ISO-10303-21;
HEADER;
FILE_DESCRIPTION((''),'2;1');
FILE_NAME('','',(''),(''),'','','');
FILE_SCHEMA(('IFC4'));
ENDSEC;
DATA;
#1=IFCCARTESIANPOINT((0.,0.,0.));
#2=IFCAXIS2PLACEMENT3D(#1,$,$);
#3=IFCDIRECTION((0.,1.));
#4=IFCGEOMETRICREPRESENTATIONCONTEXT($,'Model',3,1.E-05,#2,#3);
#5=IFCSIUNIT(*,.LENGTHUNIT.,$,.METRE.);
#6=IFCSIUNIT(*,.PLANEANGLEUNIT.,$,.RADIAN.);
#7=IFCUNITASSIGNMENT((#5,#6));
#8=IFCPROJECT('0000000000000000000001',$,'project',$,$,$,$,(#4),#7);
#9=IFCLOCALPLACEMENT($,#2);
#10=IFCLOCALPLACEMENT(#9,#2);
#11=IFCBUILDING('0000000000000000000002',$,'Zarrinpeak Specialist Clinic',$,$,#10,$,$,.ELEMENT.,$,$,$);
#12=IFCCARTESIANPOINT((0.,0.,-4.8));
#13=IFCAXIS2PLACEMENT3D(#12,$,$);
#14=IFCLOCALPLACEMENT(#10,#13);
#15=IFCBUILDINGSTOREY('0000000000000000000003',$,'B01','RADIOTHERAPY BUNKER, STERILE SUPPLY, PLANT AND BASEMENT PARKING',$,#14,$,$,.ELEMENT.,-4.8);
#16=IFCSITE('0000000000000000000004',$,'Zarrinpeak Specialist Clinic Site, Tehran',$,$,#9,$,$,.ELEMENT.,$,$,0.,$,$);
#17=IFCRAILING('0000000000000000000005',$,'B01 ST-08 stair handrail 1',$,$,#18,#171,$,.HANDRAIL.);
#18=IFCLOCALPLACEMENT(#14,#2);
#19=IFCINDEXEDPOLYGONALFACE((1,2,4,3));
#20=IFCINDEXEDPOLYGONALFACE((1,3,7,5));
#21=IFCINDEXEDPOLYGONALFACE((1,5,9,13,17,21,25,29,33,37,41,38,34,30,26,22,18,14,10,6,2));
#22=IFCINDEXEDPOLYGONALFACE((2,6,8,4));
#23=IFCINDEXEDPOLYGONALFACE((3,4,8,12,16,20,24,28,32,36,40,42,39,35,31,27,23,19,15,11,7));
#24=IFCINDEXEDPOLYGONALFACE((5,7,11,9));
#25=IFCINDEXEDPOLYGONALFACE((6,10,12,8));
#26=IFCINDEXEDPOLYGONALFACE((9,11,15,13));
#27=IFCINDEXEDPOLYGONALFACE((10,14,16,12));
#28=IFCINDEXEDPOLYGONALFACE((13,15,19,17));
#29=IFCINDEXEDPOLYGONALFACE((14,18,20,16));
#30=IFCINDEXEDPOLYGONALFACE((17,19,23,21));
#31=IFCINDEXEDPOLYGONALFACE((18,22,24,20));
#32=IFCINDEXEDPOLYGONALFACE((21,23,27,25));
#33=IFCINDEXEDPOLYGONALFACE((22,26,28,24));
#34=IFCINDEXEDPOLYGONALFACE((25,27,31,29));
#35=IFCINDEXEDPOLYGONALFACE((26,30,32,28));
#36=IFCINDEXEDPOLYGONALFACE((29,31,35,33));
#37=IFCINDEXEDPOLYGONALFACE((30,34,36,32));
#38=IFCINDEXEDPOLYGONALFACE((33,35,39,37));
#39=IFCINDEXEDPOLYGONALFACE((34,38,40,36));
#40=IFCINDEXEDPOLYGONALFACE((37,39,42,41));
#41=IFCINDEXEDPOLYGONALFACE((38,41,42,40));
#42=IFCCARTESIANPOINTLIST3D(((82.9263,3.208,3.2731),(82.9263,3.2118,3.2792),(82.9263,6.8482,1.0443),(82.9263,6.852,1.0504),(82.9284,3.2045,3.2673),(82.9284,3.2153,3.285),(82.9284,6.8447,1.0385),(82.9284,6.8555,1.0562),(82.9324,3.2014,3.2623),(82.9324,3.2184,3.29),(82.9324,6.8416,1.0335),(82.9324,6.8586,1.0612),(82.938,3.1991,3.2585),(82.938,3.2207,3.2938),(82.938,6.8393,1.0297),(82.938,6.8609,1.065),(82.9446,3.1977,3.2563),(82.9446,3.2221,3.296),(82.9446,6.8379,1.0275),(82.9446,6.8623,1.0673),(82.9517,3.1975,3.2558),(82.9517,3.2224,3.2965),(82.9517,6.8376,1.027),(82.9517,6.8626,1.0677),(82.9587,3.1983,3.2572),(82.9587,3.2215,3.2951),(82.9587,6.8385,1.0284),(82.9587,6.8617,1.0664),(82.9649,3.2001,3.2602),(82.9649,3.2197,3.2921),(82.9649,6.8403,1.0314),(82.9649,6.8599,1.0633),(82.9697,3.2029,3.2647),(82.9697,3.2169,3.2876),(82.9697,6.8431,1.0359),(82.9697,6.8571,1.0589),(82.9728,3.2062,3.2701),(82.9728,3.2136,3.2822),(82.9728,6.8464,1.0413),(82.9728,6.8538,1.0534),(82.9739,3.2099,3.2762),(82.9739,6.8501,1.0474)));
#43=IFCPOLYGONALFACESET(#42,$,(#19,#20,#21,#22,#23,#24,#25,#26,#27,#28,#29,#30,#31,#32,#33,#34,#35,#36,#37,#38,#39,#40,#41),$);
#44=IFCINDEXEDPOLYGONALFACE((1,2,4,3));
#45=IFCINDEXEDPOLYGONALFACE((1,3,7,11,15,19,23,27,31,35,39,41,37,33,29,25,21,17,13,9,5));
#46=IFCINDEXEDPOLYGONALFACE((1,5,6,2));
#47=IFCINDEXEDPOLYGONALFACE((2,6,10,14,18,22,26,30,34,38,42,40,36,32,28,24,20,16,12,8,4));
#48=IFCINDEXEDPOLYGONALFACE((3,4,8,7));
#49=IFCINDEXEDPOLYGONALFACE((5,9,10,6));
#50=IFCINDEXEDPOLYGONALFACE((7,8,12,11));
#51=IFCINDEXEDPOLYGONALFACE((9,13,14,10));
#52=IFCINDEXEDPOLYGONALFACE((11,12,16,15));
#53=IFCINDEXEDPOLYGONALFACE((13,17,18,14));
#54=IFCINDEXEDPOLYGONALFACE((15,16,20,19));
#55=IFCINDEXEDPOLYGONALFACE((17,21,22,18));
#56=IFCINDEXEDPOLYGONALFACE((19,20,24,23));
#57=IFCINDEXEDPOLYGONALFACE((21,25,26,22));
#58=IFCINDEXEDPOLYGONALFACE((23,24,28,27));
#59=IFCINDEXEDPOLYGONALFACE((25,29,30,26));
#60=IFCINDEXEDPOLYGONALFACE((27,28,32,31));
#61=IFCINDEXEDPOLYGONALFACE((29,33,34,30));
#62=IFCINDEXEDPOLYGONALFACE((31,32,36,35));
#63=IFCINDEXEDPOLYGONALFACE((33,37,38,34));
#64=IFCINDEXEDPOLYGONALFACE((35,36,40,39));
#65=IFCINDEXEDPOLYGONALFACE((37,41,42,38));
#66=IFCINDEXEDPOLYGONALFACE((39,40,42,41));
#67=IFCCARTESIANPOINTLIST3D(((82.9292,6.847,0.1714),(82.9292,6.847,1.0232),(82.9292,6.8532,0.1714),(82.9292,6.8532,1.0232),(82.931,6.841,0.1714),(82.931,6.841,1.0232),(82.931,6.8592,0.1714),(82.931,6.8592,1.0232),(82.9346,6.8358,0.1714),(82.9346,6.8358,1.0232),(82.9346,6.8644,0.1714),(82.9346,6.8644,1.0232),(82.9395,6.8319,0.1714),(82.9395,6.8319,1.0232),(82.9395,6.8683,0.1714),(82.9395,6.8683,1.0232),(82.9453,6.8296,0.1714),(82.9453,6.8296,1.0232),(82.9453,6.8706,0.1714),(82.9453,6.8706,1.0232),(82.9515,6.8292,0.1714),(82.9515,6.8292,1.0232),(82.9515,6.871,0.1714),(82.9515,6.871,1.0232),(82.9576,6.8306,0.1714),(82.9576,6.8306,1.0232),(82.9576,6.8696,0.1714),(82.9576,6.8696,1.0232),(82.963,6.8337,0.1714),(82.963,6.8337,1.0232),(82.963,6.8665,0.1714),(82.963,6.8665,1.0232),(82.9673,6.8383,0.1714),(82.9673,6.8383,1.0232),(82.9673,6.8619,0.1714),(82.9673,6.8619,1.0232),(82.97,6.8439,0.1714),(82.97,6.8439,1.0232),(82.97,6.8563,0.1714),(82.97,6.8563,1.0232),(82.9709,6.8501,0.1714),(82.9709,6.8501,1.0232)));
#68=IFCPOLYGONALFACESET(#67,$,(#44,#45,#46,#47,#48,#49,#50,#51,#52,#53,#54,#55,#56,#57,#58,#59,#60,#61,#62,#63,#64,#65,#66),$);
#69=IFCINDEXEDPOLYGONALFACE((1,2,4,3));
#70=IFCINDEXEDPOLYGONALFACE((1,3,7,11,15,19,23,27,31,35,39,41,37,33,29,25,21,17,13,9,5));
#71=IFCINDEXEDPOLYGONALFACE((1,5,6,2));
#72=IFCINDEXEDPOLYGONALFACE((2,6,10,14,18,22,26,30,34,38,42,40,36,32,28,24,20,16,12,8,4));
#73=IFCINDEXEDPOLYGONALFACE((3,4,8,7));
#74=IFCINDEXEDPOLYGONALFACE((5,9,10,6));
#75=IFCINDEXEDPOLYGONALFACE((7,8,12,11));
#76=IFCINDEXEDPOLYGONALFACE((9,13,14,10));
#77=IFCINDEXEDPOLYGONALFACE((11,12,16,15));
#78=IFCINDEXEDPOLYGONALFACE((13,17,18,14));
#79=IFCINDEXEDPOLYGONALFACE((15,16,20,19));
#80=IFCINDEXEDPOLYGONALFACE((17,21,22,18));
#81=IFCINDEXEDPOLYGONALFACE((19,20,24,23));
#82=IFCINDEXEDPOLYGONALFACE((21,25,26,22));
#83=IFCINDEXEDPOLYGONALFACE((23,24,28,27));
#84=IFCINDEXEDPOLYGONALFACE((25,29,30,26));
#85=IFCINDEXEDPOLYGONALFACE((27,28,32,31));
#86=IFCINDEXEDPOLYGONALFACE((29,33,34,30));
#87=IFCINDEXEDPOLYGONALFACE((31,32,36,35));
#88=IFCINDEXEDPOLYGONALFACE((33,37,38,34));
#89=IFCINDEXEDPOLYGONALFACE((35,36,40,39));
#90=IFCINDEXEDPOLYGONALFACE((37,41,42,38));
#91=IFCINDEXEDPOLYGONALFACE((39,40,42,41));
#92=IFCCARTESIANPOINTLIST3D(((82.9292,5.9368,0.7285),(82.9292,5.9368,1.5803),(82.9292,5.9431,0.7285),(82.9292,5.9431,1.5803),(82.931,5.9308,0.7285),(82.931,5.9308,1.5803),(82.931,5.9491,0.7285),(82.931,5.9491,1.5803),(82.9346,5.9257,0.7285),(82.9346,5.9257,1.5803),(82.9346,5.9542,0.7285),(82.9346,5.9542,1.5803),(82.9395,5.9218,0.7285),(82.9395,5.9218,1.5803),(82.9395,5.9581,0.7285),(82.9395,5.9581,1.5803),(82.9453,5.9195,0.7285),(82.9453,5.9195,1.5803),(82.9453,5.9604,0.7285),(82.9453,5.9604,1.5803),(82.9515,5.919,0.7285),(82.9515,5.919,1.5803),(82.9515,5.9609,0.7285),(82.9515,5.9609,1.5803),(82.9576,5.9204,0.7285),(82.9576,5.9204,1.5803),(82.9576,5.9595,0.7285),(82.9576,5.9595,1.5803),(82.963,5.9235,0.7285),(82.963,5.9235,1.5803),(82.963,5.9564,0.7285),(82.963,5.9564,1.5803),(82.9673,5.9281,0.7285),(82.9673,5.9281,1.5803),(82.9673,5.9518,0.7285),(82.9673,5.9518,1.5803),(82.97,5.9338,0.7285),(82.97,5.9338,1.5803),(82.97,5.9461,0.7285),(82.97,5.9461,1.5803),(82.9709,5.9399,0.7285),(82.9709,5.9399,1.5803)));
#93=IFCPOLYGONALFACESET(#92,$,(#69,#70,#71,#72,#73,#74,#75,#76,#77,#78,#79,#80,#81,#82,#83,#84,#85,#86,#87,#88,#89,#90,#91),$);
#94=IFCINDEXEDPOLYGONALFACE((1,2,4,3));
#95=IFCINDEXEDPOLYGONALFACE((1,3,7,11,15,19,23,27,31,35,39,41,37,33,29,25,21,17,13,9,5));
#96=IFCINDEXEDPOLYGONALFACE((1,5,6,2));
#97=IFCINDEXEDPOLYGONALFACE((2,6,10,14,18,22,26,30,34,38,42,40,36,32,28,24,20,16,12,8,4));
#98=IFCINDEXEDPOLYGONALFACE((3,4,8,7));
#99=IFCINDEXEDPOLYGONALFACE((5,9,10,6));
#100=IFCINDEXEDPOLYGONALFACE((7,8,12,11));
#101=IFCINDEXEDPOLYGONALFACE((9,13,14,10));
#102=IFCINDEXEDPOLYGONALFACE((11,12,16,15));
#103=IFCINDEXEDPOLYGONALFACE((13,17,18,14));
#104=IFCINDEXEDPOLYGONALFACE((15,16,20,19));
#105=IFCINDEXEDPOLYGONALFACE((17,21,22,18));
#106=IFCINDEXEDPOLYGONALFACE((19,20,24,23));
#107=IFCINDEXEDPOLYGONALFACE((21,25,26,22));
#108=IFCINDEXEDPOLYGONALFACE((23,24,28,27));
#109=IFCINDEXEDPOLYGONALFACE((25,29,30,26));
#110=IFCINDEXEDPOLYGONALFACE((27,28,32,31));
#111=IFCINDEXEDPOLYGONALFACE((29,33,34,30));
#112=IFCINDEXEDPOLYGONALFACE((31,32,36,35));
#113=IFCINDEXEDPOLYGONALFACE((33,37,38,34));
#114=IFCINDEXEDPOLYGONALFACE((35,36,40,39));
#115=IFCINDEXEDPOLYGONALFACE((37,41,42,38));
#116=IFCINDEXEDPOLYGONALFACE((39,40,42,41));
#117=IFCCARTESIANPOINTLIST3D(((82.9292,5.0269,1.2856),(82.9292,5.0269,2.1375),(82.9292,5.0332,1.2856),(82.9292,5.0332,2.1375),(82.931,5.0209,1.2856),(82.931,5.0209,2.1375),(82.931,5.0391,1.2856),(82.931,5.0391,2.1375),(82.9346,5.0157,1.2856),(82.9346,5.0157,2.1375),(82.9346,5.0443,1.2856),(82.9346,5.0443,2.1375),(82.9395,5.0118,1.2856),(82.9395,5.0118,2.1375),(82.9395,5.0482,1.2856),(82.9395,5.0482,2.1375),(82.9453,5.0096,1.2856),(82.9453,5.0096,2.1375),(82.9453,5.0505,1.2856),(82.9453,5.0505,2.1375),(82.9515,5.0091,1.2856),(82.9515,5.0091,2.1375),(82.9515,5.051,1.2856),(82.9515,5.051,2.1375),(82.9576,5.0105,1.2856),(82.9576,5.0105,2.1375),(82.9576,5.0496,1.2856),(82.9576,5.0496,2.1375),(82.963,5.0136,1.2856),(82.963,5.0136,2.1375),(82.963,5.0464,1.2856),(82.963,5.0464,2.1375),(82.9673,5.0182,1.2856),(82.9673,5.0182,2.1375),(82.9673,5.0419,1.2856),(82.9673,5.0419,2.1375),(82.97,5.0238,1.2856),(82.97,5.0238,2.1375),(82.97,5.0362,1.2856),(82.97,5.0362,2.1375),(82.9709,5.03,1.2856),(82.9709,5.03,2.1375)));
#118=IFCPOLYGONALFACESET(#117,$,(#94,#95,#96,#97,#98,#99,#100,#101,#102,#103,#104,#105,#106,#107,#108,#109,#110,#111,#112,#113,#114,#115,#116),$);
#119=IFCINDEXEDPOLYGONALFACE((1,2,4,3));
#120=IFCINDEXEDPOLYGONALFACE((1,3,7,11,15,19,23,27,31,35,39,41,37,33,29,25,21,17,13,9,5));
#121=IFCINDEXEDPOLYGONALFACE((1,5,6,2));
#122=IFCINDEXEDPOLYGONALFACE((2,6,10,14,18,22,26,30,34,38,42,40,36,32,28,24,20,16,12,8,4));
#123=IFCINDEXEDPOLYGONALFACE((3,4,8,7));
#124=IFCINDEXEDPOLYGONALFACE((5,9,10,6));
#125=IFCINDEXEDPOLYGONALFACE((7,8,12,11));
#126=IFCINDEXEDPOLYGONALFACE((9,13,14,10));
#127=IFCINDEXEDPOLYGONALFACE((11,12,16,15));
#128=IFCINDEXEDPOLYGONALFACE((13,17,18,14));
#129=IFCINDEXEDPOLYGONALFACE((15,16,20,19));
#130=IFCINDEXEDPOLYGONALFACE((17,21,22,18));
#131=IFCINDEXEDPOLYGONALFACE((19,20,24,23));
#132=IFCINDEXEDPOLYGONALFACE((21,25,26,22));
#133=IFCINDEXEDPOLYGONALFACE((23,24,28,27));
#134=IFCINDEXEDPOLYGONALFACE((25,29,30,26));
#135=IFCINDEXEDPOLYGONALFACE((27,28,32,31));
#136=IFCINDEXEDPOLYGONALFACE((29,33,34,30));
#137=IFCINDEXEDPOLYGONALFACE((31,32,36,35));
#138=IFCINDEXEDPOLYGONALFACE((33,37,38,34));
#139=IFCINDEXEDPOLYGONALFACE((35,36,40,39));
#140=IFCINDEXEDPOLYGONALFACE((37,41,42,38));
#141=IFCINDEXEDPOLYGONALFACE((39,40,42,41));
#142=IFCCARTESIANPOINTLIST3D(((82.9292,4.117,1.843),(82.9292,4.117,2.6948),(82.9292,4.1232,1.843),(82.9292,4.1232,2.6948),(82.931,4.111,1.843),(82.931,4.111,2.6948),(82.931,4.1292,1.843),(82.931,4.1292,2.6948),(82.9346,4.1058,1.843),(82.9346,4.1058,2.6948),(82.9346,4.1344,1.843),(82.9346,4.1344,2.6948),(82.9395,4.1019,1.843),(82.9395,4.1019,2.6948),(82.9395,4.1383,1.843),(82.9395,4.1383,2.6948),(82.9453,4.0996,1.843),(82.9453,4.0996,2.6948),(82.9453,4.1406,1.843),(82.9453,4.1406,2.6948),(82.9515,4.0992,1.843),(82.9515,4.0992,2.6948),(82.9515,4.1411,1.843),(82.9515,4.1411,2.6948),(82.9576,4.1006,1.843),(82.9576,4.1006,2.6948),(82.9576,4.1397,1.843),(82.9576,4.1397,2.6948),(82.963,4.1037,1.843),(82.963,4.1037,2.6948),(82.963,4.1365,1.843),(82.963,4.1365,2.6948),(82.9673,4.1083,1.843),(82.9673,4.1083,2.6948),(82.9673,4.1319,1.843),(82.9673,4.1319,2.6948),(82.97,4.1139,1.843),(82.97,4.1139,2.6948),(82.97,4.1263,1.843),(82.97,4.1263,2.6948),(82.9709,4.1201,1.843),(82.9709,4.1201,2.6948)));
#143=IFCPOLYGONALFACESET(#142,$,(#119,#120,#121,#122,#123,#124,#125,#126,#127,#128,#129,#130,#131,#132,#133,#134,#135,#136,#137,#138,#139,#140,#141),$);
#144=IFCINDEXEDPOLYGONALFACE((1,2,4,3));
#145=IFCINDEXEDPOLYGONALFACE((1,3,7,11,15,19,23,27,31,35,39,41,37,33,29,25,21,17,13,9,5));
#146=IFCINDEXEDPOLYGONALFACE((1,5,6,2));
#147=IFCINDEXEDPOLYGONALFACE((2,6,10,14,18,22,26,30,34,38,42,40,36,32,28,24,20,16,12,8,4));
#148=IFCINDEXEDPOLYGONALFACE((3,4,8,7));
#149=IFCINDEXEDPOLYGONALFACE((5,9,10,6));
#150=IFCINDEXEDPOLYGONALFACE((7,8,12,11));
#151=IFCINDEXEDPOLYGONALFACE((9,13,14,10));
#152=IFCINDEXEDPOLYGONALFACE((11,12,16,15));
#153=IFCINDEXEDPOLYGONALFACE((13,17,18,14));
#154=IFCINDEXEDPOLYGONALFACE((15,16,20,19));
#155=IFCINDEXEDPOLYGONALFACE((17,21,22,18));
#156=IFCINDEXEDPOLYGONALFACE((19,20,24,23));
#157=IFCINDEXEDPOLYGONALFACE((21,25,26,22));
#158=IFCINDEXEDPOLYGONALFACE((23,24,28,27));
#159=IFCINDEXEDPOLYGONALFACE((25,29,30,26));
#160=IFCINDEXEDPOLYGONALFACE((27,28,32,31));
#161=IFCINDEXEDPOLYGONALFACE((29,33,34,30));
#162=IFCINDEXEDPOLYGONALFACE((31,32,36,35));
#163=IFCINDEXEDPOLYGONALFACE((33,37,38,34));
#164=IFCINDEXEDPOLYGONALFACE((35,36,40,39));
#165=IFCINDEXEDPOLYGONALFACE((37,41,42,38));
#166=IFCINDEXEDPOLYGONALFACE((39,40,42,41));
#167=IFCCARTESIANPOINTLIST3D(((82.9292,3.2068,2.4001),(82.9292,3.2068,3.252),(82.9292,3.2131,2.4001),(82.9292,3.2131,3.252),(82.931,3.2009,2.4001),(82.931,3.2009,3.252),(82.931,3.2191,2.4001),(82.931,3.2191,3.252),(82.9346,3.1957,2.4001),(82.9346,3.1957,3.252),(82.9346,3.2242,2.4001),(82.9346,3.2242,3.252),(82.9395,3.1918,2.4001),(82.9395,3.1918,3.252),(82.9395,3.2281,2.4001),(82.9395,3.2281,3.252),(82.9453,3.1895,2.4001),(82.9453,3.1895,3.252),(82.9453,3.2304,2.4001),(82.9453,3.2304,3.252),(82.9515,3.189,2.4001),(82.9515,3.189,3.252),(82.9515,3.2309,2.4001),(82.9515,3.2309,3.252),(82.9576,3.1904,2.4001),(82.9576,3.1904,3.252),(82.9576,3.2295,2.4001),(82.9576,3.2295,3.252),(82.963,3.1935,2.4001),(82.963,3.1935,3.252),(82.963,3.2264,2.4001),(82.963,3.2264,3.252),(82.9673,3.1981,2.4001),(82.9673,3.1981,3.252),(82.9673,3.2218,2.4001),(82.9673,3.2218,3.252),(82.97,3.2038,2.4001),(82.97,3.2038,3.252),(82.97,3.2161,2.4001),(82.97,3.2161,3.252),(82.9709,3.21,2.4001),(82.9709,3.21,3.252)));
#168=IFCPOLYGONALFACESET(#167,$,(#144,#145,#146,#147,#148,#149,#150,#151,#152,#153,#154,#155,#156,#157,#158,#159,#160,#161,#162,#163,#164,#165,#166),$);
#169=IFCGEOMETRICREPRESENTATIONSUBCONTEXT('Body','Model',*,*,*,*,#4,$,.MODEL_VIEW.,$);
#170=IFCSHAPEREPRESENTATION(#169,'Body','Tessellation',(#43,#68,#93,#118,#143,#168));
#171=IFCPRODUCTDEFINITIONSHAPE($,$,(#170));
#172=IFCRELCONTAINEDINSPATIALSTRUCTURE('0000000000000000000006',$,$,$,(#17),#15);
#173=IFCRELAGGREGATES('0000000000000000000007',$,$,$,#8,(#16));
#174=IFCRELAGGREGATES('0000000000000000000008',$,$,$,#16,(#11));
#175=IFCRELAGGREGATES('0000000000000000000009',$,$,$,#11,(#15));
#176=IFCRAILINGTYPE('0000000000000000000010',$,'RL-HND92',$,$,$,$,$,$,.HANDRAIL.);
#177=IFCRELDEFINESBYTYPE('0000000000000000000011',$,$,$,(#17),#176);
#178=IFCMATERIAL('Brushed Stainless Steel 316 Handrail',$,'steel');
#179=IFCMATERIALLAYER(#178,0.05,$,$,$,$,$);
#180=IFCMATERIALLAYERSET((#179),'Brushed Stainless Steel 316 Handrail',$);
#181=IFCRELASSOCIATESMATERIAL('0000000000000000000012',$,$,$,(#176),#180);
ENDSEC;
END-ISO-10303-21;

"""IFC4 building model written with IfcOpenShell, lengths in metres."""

from ifc_helpers import new_model, si_unit, direction, frame, origin, origin_2d, place, context, subcontext, project, spatial, circle, extrude, material, layer, layer_set, type_object, element, save


model = new_model("IFC4")

# Units and contexts
model_context = context("Model", 3, precision=1e-05, world=origin(), true_north=direction((0.0, 1.0)))
body_context = subcontext(model_context, "Body", "Model", "MODEL_VIEW")
ifc_project = project(units=[si_unit("LENGTHUNIT", "METRE"), si_unit("PLANEANGLEUNIT", "RADIAN")], contexts=[model_context])

# Site, building, storey
site_placement = place(None, origin())
site = spatial("IfcSite", under=ifc_project, at=site_placement, Name="Zarrinpeak Specialist Clinic Site, Tehran", CompositionType="ELEMENT", RefElevation=0.0)
building_placement = place(site_placement, origin())
building = spatial("IfcBuilding", under=site, at=building_placement, Name="Zarrinpeak Specialist Clinic", CompositionType="ELEMENT")
storey_placement = place(building_placement, frame((0.0, 0.0, -4.8)))
storey = spatial("IfcBuildingStorey", under=building, at=storey_placement, Name="B01", Description="RADIOTHERAPY BUNKER, STERILE SUPPLY, PLANT AND BASEMENT PARKING", CompositionType="ELEMENT", Elevation=-4.8)

# Railing
ifc_material_1 = material(Name="Brushed Stainless Steel 316 Handrail", Category="steel")
ifc_layer_1 = layer(ifc_material_1, 0.05)
ifc_layer_set_1 = layer_set([ifc_layer_1], Name="Brushed Stainless Steel 316 Handrail")
railing_type_1 = type_object("IfcRailingType", Name="RL-HND92", PredefinedType="HANDRAIL", material=ifc_layer_set_1)
railing_1_placement = place(storey_placement, frame((82.95, 6.8501, 0.1714)))
element("IfcRailing", 1, at=railing_1_placement, inside=storey, type_object=railing_type_1, Name="B01 ST-08 stair handrail 1", PredefinedType="HANDRAIL", context=body_context, shape_type="SweptSolid", body=[
    extrude(circle(Radius=0.0239, at=origin_2d()), frame((0.0, 0.0, 0.876), z_axis=(0.0, -0.85284, 0.522172), x_axis=(1.0, 0.0, 0.0)), (0.0, 0.0, 1.0), 4.2683),
    extrude(circle(Radius=0.021, at=origin_2d()), origin(), (0.0, 0.0, 1.0), 0.8518),
    extrude(circle(Radius=0.021, at=origin_2d()), frame((0.0, -0.9102, 0.5571)), (0.0, 0.0, 1.0), 0.8518),
    extrude(circle(Radius=0.021, at=origin_2d()), frame((0.0, -1.8201, 1.1143)), (0.0, 0.0, 1.0), 0.8518),
    extrude(circle(Radius=0.021, at=origin_2d()), frame((0.0, -2.73, 1.6716)), (0.0, 0.0, 1.0), 0.8518),
    extrude(circle(Radius=0.021, at=origin_2d()), frame((0.0, -3.6401, 2.2288)), (0.0, 0.0, 1.0), 0.8518),
])

save(model, "model.ifc")
